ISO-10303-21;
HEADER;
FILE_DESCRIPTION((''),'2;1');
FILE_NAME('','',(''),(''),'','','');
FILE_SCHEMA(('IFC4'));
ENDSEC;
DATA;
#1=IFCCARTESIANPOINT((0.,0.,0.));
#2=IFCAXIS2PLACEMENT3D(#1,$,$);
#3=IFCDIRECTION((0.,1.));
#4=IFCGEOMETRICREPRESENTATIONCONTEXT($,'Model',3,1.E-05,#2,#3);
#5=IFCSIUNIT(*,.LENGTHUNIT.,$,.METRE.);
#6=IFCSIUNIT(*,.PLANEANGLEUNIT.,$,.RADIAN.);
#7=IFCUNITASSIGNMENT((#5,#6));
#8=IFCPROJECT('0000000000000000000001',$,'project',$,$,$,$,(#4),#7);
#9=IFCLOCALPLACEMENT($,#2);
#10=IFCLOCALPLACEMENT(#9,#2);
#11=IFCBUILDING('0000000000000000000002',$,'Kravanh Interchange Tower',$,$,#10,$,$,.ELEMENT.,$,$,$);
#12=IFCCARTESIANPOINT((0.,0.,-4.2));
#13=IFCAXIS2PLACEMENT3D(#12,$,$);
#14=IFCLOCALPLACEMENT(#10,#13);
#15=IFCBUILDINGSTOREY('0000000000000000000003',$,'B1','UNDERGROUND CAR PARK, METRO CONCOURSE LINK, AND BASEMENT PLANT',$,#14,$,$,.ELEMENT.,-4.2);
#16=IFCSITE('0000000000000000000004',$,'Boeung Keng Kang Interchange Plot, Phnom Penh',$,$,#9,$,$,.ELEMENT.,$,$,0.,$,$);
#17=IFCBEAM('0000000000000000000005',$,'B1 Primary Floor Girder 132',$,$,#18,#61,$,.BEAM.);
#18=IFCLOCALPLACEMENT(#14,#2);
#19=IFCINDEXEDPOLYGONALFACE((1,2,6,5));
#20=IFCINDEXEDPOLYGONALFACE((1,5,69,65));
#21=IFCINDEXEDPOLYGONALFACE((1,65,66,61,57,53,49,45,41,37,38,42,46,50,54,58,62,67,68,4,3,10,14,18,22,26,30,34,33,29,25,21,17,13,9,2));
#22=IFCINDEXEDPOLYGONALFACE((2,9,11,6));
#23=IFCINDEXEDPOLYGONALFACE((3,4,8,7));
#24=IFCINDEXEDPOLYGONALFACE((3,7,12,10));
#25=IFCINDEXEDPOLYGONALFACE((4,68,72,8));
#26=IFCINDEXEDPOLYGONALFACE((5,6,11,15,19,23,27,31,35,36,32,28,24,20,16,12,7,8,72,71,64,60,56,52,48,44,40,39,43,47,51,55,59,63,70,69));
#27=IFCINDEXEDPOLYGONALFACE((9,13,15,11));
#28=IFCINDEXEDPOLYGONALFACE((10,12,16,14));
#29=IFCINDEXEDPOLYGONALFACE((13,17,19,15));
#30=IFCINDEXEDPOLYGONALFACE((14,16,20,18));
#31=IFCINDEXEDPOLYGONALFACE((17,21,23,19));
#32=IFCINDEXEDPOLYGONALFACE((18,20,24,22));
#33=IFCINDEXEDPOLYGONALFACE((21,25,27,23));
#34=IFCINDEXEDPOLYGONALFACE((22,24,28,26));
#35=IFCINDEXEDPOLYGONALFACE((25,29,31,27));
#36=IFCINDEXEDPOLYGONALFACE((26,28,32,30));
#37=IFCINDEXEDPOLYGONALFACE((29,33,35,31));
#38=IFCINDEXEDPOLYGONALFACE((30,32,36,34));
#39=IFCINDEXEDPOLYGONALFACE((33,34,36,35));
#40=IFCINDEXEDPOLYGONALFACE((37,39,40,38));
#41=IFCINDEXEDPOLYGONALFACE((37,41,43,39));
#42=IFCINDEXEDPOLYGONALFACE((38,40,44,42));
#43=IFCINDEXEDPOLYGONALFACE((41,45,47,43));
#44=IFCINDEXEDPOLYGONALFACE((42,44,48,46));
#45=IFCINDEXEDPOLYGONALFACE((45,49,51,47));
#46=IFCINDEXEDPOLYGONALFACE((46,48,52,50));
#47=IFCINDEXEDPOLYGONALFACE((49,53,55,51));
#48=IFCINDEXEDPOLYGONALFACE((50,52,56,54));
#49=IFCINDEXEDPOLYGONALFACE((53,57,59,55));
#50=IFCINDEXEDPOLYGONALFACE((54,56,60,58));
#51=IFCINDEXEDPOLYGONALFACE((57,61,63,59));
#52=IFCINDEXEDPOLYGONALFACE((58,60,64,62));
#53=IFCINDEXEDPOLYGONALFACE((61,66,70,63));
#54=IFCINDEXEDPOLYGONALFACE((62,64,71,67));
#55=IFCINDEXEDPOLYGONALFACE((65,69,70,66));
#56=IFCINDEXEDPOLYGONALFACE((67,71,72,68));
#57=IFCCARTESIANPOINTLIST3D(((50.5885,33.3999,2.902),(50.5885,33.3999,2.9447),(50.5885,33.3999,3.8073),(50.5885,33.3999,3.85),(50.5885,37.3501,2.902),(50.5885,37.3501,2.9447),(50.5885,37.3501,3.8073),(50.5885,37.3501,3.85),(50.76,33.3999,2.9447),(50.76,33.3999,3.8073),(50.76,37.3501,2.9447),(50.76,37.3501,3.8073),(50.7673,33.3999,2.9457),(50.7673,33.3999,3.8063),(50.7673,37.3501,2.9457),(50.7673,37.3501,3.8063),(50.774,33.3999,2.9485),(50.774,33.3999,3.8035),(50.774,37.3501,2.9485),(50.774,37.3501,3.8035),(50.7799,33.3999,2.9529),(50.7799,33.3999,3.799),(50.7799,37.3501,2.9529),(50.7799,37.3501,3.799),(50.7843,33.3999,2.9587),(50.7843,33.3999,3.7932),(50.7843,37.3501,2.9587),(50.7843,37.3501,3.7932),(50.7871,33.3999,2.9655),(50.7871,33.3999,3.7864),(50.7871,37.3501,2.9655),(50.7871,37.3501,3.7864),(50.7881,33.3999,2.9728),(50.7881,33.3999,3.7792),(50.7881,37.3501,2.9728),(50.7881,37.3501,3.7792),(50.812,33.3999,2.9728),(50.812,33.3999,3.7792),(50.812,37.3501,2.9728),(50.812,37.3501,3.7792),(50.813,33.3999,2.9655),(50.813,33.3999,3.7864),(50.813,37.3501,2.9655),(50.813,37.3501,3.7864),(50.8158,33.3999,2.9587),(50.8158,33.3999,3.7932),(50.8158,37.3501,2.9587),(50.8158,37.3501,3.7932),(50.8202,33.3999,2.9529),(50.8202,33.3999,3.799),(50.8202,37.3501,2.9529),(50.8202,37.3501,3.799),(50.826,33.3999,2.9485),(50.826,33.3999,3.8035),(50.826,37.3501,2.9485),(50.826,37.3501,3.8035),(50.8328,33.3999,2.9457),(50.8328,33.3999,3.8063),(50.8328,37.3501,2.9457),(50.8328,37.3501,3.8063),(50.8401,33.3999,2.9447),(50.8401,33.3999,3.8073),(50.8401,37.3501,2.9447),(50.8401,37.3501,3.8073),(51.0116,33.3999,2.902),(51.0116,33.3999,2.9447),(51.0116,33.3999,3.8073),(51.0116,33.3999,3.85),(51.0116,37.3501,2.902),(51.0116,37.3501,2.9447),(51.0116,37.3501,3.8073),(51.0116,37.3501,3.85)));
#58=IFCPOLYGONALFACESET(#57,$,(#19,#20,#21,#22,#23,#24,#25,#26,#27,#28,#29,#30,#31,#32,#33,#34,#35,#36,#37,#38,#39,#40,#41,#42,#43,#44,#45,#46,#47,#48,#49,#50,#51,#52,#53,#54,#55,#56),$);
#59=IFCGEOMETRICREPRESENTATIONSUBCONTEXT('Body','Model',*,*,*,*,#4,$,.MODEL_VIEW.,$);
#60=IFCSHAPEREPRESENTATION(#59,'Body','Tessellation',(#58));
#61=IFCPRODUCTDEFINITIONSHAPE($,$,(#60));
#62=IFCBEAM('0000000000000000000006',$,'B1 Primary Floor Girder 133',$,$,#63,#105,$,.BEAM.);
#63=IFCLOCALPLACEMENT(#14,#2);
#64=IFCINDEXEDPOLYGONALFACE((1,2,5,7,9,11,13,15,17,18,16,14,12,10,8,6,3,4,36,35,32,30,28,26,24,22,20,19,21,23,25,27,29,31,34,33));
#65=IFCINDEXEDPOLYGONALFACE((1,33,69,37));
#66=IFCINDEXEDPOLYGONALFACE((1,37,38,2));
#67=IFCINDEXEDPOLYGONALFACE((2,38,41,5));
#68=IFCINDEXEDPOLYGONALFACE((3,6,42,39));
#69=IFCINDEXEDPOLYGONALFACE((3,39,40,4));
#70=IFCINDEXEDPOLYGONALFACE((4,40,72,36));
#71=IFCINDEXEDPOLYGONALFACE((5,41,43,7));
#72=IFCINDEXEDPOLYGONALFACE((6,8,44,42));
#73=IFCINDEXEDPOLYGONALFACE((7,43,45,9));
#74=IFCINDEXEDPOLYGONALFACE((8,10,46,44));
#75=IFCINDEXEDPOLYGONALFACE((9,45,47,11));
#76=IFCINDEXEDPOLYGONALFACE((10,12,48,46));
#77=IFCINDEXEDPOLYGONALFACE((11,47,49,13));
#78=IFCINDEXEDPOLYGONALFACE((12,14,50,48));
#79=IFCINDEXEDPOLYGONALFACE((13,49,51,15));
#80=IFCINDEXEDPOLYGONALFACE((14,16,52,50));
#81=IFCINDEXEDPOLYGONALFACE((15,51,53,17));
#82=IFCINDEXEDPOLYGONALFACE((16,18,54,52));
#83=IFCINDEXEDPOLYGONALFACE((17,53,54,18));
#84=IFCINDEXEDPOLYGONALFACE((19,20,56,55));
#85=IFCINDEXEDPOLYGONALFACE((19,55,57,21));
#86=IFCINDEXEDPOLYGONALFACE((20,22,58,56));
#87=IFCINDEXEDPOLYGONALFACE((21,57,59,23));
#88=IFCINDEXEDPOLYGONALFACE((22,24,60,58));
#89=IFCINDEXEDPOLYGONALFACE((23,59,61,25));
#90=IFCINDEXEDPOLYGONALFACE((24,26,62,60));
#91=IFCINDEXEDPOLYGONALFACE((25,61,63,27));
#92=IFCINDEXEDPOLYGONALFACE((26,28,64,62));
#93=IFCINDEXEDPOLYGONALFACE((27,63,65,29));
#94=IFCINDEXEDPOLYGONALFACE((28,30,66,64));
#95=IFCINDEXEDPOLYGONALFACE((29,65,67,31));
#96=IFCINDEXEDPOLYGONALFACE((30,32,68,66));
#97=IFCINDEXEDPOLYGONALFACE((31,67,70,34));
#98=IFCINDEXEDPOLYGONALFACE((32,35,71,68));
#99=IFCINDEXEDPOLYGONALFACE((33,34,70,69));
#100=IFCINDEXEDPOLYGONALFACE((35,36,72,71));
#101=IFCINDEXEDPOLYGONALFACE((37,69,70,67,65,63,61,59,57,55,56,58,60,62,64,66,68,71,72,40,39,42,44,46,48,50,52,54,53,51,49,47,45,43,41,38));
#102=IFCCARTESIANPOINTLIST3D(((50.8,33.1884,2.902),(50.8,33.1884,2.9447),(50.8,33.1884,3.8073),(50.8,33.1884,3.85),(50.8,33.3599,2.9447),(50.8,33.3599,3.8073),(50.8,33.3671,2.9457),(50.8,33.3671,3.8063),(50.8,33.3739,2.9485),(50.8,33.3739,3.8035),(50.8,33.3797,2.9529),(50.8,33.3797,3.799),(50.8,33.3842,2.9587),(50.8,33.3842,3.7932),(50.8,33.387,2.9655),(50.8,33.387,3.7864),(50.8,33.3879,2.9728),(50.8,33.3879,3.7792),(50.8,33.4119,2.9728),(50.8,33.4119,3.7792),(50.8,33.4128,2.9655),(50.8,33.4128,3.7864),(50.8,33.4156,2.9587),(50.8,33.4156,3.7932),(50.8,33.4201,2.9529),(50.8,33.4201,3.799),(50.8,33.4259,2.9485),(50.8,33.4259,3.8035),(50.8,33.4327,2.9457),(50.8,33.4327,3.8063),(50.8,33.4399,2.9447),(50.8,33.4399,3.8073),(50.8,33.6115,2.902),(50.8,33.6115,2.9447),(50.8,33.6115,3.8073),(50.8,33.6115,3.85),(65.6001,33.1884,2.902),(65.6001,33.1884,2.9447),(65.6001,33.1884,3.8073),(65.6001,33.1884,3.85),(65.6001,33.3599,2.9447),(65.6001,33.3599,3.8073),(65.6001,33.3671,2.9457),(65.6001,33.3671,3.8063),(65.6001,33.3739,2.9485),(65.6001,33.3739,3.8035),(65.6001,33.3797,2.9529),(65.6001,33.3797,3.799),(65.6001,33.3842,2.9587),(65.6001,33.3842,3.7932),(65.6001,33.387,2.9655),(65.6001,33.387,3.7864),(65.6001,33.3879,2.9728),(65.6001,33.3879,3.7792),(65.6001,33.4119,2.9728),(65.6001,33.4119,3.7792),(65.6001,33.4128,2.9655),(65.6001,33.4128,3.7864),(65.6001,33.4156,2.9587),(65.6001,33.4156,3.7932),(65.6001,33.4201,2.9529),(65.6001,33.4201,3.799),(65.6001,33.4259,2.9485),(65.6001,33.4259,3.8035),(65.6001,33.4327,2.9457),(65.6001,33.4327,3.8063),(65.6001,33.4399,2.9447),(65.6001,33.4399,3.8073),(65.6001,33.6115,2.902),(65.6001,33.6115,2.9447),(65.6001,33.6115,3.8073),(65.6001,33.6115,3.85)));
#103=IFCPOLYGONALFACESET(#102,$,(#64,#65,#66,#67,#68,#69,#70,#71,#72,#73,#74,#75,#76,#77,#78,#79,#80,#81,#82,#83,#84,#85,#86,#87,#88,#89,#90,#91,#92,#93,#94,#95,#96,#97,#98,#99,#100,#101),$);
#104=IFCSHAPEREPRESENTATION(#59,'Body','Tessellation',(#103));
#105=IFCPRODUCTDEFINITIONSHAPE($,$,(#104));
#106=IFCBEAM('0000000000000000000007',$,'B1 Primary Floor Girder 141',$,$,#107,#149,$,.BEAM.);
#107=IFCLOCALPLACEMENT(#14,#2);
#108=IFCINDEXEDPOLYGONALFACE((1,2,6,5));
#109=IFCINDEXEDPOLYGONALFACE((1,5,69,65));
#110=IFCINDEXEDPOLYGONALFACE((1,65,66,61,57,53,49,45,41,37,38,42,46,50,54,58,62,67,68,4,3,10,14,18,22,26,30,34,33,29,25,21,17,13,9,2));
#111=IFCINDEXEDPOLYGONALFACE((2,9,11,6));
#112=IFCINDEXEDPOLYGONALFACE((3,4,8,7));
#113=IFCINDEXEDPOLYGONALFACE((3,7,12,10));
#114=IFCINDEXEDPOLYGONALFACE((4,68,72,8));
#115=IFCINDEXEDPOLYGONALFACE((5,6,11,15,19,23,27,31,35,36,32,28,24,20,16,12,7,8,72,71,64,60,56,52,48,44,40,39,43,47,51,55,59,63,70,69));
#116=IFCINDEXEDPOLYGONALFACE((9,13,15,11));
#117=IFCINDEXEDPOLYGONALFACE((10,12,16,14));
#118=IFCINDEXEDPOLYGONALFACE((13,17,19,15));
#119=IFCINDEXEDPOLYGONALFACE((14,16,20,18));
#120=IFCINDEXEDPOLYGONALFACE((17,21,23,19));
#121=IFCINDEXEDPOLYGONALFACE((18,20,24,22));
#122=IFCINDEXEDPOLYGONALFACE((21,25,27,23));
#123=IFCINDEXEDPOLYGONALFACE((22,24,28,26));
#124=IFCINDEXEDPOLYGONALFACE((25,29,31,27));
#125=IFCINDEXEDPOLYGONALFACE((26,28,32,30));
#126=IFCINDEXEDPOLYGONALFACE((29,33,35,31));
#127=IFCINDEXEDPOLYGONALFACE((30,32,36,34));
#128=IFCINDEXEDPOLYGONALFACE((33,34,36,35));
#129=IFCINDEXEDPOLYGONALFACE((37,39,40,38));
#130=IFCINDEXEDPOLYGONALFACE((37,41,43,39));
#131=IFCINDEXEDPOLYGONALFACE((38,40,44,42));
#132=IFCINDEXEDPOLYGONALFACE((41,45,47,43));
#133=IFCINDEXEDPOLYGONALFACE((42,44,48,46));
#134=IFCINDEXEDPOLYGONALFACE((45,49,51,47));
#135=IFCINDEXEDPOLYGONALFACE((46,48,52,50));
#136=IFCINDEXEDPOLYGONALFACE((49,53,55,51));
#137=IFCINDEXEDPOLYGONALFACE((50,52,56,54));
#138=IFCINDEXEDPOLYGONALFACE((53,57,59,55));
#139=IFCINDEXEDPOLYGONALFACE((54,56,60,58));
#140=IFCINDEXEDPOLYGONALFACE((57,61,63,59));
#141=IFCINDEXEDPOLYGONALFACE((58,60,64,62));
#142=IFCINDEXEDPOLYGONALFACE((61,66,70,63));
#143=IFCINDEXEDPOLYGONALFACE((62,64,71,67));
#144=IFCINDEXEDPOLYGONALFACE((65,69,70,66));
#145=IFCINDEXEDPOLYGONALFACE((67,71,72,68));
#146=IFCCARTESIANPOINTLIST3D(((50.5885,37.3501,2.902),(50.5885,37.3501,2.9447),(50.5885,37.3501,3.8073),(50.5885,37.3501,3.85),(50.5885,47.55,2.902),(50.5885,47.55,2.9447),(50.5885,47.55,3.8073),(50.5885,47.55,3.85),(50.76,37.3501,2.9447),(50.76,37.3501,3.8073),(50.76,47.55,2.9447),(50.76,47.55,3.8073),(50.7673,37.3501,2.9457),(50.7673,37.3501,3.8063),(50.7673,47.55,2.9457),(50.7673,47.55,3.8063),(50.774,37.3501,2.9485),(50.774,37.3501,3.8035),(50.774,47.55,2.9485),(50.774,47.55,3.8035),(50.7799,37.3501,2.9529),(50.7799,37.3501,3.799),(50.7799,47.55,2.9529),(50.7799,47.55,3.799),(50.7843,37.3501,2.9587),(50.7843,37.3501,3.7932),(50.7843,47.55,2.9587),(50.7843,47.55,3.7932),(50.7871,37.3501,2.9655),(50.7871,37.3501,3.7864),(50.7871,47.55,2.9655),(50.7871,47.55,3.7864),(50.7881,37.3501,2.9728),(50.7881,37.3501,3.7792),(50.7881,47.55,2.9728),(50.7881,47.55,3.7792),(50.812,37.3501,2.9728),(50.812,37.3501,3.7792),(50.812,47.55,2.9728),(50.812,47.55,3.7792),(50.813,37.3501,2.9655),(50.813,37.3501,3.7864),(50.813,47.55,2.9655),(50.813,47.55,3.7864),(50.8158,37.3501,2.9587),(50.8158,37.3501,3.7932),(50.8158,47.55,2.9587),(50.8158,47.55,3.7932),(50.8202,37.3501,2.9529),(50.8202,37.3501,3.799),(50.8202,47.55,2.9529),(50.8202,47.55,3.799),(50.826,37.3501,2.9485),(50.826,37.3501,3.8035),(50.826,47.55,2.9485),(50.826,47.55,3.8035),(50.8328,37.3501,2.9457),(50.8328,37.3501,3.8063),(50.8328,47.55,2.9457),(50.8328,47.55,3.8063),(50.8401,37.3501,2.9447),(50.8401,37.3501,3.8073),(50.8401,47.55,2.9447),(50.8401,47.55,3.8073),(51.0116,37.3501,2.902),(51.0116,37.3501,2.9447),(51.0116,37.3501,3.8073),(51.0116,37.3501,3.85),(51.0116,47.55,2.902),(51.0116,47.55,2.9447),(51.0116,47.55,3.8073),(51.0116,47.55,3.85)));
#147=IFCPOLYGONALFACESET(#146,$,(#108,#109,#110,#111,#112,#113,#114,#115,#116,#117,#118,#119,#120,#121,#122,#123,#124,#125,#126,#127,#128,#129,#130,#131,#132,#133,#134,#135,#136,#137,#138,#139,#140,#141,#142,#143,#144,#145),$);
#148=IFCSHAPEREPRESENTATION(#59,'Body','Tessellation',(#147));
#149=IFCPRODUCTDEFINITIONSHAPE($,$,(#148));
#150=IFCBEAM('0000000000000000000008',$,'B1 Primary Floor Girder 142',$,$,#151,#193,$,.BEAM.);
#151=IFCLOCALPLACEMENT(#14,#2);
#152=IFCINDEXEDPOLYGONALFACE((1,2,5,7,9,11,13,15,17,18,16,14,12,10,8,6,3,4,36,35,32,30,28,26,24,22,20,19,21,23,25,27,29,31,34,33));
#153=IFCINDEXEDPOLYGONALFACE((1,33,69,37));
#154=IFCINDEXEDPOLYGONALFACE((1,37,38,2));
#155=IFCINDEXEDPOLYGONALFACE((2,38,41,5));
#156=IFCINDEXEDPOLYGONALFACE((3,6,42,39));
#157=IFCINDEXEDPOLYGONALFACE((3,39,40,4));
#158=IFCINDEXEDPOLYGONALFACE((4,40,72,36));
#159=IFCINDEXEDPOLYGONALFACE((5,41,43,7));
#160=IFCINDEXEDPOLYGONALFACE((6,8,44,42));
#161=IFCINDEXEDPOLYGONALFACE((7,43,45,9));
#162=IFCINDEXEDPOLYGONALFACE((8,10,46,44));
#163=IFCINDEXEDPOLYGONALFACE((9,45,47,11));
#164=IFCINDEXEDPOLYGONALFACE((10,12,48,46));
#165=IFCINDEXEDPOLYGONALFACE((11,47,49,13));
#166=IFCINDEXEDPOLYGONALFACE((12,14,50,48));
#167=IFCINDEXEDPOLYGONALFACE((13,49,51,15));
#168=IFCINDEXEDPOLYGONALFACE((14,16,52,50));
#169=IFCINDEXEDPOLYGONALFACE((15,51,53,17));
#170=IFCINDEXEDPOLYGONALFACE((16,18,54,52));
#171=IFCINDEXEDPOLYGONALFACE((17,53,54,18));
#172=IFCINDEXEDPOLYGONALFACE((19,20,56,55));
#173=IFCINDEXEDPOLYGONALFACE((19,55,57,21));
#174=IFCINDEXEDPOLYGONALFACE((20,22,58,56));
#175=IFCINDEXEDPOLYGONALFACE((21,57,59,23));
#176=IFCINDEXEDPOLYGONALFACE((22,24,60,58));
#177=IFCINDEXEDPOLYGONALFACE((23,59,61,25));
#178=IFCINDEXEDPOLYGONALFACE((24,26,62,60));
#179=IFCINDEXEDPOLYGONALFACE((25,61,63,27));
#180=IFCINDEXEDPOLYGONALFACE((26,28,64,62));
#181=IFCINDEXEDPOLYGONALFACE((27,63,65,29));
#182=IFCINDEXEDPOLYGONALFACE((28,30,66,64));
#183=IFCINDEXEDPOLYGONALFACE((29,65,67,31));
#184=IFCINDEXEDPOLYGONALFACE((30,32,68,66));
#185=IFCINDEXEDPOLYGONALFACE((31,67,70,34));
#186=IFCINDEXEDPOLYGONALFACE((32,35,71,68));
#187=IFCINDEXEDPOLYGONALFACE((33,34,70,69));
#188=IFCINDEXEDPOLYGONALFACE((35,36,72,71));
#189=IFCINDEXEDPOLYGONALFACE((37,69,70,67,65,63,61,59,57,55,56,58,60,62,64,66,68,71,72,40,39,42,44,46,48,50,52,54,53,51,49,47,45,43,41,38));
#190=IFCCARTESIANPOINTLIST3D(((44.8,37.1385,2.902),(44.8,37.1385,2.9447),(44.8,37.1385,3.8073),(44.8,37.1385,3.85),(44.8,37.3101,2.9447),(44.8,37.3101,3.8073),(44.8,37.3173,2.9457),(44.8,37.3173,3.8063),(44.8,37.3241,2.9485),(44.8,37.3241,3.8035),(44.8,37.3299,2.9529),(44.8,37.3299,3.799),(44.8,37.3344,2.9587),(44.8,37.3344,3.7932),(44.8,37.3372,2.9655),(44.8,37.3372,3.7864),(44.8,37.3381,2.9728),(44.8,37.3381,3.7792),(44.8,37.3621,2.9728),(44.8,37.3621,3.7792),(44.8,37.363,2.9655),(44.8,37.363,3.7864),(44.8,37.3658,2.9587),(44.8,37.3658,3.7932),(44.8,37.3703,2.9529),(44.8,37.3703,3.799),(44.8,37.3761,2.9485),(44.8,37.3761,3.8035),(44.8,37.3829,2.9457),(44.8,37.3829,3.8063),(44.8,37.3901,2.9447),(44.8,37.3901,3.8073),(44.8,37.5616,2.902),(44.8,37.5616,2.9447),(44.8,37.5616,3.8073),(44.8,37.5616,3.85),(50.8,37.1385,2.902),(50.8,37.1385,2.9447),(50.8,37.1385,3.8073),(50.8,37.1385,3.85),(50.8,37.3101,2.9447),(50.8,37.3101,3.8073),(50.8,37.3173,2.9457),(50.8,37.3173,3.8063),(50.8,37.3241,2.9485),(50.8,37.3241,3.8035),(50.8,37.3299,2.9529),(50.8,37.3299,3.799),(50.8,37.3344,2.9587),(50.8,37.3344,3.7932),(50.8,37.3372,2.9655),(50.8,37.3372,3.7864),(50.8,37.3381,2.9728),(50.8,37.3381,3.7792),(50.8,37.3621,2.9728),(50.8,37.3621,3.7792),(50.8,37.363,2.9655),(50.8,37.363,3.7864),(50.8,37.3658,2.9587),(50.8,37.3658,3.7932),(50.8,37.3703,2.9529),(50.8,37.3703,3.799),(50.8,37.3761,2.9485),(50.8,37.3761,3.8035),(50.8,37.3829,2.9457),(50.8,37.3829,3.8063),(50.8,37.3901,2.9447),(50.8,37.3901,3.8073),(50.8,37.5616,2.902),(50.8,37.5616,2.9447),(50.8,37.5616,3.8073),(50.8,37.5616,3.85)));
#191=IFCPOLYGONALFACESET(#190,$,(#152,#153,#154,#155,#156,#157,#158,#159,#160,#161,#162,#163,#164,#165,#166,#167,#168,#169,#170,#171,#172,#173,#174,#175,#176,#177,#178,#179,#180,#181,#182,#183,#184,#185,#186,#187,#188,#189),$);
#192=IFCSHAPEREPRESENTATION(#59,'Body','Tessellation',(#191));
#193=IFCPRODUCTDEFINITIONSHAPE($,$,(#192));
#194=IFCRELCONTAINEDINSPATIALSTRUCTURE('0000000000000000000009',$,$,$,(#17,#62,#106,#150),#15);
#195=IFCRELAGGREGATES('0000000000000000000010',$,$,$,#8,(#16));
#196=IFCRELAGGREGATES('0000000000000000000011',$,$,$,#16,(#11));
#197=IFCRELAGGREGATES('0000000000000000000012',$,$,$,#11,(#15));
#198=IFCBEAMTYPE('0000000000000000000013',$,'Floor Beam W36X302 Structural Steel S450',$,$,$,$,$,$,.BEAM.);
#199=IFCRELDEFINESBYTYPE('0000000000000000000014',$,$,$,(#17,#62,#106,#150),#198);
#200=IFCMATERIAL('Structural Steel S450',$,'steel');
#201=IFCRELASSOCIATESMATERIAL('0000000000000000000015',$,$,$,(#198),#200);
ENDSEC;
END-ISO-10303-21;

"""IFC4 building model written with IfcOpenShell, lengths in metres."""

from ifc_helpers import new_model, si_unit, direction, frame, origin, origin_2d, place, context, subcontext, project, spatial, i_section, extrude, material, material_profile, profile_set, type_object, element, save


model = new_model("IFC4")

# Units and contexts
model_context = context("Model", 3, precision=1e-05, world=origin(), true_north=direction((0.0, 1.0)))
body_context = subcontext(model_context, "Body", "Model", "MODEL_VIEW")
ifc_project = project(units=[si_unit("LENGTHUNIT", "METRE"), si_unit("PLANEANGLEUNIT", "RADIAN")], contexts=[model_context])

# Site, building, storey
site_placement = place(None, origin())
site = spatial("IfcSite", under=ifc_project, at=site_placement, Name="Boeung Keng Kang Interchange Plot, Phnom Penh", CompositionType="ELEMENT", RefElevation=0.0)
building_placement = place(site_placement, origin())
building = spatial("IfcBuilding", under=site, at=building_placement, Name="Kravanh Interchange Tower", CompositionType="ELEMENT")
storey_placement = place(building_placement, frame((0.0, 0.0, -4.2)))
storey = spatial("IfcBuildingStorey", under=building, at=storey_placement, Name="B1", Description="UNDERGROUND CAR PARK, METRO CONCOURSE LINK, AND BASEMENT PLANT", CompositionType="ELEMENT", Elevation=-4.2)

# Beams
ifc_material_1 = material(Name="Structural Steel S450", Category="steel")
ifc_material_profile_1 = material_profile(ifc_material_1, i_section(OverallWidth=0.4231, OverallDepth=0.948, WebThickness=0.0239, FlangeThickness=0.0427, FilletRadius=0.0281, at=origin_2d()), Name="W36X302")
ifc_profile_set_1 = profile_set([ifc_material_profile_1], Name="Structural Steel S450")
beam_type_1 = type_object("IfcBeamType", Name="Floor Beam W36X302 Structural Steel S450", PredefinedType="BEAM", material=ifc_profile_set_1)
beam_1_placement = place(storey_placement, frame((50.8, 33.3999, 3.376), z_axis=(0.0, 1.0, 0.0), x_axis=(-1.0, 0.0, 0.0)))
element("IfcBeam", 1, at=beam_1_placement, inside=storey, type_object=beam_type_1, Name="B1 Primary Floor Girder 132", PredefinedType="BEAM", context=body_context, shape_type="SweptSolid", body=[
    extrude(i_section(OverallWidth=0.4231, OverallDepth=0.948, WebThickness=0.0239, FlangeThickness=0.0427, FilletRadius=0.0281, at=origin_2d()), origin(), (0.0, 0.0, 1.0), 3.9502),
])
beam_2_placement = place(storey_placement, frame((50.8, 33.3999, 3.376), z_axis=(1.0, 0.0, 0.0), x_axis=(0.0, 1.0, 0.0)))
element("IfcBeam", 2, at=beam_2_placement, inside=storey, type_object=beam_type_1, Name="B1 Primary Floor Girder 133", PredefinedType="BEAM", context=body_context, shape_type="SweptSolid", body=[
    extrude(i_section(OverallWidth=0.4231, OverallDepth=0.948, WebThickness=0.0239, FlangeThickness=0.0427, FilletRadius=0.0281, at=origin_2d()), origin(), (0.0, 0.0, 1.0), 14.8),
])
beam_3_placement = place(storey_placement, frame((50.8, 47.55, 3.376), z_axis=(0.0, -1.0, 0.0), x_axis=(1.0, 0.0, 0.0)))
element("IfcBeam", 3, at=beam_3_placement, inside=storey, type_object=beam_type_1, Name="B1 Primary Floor Girder 141", PredefinedType="BEAM", context=body_context, shape_type="SweptSolid", body=[
    extrude(i_section(OverallWidth=0.4231, OverallDepth=0.948, WebThickness=0.0239, FlangeThickness=0.0427, FilletRadius=0.0281, at=origin_2d()), origin(), (0.0, 0.0, 1.0), 10.2),
])
beam_4_placement = place(storey_placement, frame((50.8, 37.3501, 3.376), z_axis=(-1.0, 0.0, 0.0), x_axis=(0.0, -1.0, 0.0)))
element("IfcBeam", 4, at=beam_4_placement, inside=storey, type_object=beam_type_1, Name="B1 Primary Floor Girder 142", PredefinedType="BEAM", context=body_context, shape_type="SweptSolid", body=[
    extrude(i_section(OverallWidth=0.4231, OverallDepth=0.948, WebThickness=0.0239, FlangeThickness=0.0427, FilletRadius=0.0281, at=origin_2d()), origin(), (0.0, 0.0, 1.0), 6.0),
])

save(model, "model.ifc")
